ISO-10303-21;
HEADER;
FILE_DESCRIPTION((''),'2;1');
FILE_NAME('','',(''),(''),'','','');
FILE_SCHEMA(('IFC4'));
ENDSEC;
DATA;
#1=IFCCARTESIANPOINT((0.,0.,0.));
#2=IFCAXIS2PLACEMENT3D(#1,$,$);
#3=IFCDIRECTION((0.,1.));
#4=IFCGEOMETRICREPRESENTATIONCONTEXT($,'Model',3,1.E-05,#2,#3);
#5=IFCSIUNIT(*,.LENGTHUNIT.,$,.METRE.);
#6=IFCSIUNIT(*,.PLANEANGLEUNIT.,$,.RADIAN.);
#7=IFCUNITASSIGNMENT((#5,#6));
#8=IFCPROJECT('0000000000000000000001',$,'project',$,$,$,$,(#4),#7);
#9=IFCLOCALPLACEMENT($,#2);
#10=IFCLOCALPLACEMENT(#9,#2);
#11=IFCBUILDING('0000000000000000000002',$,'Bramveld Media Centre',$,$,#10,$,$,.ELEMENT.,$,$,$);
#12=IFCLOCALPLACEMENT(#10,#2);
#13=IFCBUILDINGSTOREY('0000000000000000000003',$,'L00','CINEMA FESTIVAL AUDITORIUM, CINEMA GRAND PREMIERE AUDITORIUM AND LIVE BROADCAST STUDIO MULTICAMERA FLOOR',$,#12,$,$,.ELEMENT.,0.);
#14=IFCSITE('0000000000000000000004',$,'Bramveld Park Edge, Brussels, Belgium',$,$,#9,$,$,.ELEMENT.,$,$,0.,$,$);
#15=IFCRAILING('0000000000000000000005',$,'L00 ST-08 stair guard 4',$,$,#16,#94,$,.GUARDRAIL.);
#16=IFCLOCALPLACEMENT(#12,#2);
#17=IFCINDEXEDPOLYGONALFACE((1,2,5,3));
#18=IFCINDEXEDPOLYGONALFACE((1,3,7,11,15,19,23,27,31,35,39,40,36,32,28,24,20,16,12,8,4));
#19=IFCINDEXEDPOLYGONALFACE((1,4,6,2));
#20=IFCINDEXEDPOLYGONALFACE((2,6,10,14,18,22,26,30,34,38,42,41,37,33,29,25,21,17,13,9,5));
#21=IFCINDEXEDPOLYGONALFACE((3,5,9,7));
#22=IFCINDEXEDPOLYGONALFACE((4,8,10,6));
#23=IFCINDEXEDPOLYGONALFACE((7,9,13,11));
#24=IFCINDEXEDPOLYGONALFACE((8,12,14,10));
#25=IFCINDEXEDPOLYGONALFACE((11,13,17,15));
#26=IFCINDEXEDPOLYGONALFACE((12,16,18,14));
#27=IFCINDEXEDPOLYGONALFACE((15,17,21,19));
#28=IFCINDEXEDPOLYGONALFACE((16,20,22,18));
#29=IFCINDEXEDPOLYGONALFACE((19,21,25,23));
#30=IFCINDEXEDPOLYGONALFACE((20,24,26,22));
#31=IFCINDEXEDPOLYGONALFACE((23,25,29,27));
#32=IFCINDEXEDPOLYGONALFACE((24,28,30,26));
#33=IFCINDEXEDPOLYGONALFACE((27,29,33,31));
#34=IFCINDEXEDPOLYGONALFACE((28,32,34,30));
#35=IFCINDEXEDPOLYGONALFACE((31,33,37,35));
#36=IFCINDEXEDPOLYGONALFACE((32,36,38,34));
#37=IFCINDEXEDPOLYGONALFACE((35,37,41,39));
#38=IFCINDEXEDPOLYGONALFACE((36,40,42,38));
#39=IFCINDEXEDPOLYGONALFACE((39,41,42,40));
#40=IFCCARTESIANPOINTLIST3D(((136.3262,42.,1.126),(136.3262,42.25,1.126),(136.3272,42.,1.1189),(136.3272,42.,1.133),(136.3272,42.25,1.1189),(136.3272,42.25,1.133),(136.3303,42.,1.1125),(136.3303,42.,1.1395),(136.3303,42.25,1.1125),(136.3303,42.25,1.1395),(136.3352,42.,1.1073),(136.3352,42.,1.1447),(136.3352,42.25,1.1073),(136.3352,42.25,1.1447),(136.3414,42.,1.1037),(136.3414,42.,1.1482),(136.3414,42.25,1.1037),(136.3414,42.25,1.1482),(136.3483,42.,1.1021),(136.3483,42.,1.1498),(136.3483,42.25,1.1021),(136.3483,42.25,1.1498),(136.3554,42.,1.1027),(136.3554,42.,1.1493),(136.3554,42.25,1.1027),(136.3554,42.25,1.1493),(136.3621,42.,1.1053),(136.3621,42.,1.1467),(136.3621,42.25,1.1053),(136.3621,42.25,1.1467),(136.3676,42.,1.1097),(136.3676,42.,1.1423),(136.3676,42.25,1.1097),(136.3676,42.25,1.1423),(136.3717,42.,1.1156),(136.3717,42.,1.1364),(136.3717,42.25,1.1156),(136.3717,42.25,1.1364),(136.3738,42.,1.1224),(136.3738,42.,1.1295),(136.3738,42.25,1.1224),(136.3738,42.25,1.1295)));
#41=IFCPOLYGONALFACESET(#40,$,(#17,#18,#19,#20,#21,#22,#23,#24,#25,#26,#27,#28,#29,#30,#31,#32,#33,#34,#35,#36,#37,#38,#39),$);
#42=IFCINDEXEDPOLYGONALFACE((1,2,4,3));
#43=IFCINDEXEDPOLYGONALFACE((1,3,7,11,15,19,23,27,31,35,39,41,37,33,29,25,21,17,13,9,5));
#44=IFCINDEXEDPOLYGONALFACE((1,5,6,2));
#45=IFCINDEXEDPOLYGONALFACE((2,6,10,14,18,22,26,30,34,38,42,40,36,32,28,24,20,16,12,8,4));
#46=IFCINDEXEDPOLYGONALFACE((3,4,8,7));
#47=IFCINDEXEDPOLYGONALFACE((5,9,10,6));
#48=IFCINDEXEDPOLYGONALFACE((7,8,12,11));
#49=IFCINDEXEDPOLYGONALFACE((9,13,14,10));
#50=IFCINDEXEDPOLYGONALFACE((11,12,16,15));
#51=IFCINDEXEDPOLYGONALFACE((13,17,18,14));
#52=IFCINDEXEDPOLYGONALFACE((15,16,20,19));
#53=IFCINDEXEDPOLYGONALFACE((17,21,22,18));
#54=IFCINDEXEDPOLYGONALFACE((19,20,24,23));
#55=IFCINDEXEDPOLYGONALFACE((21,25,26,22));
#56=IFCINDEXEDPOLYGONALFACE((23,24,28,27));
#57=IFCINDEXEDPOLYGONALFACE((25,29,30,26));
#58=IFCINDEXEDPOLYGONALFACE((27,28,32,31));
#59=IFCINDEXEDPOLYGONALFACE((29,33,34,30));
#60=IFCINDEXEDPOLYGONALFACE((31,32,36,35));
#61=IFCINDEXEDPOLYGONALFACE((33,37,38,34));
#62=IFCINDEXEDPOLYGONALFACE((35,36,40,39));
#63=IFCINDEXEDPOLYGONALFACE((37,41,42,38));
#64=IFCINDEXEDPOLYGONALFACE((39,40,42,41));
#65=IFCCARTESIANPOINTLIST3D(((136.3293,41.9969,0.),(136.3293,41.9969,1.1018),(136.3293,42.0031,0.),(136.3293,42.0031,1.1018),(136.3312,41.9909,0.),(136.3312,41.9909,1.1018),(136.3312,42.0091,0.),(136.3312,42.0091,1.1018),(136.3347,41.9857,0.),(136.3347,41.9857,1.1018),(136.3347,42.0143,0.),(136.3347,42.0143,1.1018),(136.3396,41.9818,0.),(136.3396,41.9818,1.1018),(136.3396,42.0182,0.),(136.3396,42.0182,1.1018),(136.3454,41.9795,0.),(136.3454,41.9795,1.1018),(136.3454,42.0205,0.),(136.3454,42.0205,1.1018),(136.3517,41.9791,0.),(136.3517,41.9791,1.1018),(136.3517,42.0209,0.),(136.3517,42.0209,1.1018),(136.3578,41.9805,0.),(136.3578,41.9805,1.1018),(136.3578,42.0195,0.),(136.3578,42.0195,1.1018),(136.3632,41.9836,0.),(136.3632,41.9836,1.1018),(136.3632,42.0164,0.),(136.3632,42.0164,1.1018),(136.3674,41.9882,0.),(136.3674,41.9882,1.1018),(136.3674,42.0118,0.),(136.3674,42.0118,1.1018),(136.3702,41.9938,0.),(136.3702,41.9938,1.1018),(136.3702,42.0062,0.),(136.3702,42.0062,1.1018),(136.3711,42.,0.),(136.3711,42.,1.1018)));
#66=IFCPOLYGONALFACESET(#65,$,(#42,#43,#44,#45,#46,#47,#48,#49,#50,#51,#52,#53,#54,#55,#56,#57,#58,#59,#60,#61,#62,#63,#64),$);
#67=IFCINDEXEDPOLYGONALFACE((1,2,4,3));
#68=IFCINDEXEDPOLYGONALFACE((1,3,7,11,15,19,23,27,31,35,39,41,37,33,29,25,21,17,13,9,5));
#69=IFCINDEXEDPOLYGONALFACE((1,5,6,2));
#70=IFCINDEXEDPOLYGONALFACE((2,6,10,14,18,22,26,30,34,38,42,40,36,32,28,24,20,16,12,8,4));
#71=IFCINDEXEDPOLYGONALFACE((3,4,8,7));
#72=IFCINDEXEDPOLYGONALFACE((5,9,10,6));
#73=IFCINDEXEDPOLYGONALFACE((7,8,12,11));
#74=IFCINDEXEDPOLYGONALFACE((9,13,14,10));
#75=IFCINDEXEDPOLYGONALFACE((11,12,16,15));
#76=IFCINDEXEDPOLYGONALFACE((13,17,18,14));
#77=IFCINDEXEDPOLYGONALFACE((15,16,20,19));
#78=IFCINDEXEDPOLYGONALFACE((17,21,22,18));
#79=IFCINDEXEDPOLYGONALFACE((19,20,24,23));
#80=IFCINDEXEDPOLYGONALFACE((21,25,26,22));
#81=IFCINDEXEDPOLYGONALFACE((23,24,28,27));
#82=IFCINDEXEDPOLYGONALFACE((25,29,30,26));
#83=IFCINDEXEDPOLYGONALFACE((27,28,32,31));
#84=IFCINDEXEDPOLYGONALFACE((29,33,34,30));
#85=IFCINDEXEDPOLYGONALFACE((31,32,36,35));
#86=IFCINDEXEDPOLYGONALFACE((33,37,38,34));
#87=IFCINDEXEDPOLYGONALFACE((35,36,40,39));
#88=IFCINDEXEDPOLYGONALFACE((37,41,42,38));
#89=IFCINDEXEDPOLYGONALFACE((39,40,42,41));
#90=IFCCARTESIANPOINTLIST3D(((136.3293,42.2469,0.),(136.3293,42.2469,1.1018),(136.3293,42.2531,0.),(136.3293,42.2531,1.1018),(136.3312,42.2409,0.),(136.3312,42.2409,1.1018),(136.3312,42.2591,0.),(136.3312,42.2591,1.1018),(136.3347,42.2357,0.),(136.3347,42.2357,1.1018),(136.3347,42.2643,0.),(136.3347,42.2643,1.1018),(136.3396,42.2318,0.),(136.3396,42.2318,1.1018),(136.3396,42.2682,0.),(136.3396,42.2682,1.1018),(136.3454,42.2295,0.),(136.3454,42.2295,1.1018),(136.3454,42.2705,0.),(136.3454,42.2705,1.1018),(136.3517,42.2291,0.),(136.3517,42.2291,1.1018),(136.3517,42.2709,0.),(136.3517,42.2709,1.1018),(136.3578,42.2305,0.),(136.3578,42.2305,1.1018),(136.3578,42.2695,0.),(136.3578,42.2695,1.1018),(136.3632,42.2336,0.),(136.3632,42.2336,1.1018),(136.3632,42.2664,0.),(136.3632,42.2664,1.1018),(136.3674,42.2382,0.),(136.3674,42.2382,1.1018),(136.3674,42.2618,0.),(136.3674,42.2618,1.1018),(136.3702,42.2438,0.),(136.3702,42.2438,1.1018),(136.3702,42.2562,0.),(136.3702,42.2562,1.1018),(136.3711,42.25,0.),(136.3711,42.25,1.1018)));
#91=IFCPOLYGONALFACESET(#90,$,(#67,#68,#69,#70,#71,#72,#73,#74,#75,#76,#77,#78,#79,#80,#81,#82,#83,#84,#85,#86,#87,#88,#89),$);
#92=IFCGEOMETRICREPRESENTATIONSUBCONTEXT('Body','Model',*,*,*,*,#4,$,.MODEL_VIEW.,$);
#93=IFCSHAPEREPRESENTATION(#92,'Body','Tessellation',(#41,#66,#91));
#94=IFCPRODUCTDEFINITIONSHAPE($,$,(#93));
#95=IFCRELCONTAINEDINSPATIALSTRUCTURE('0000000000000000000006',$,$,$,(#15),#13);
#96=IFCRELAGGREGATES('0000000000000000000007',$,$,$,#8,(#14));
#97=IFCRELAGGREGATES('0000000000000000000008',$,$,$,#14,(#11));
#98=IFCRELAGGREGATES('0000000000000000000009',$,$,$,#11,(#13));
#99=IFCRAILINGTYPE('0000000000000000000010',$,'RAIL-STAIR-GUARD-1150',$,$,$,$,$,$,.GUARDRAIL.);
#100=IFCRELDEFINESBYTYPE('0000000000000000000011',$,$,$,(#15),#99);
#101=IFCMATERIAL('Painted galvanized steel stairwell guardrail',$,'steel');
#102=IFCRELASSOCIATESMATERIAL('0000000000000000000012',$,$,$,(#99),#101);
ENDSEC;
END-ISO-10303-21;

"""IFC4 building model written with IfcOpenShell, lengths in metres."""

from ifc_helpers import new_model, si_unit, direction, frame, origin, origin_2d, place, context, subcontext, project, spatial, circle, extrude, material, type_object, element, save


model = new_model("IFC4")

# Units and contexts
model_context = context("Model", 3, precision=1e-05, world=origin(), true_north=direction((0.0, 1.0)))
body_context = subcontext(model_context, "Body", "Model", "MODEL_VIEW")
ifc_project = project(units=[si_unit("LENGTHUNIT", "METRE"), si_unit("PLANEANGLEUNIT", "RADIAN")], contexts=[model_context])

# Site, building, storey
site_placement = place(None, origin())
site = spatial("IfcSite", under=ifc_project, at=site_placement, Name="Bramveld Park Edge, Brussels, Belgium", CompositionType="ELEMENT", RefElevation=0.0)
building_placement = place(site_placement, origin())
building = spatial("IfcBuilding", under=site, at=building_placement, Name="Bramveld Media Centre", CompositionType="ELEMENT")
storey_placement = place(building_placement, origin())
storey = spatial("IfcBuildingStorey", under=building, at=storey_placement, Name="L00", Description="CINEMA FESTIVAL AUDITORIUM, CINEMA GRAND PREMIERE AUDITORIUM AND LIVE BROADCAST STUDIO MULTICAMERA FLOOR", CompositionType="ELEMENT", Elevation=0.0)

# Railing
ifc_material_1 = material(Name="Painted galvanized steel stairwell guardrail", Category="steel")
railing_type_1 = type_object("IfcRailingType", Name="RAIL-STAIR-GUARD-1150", PredefinedType="GUARDRAIL", material=ifc_material_1)
railing_1_placement = place(storey_placement, frame((136.3501, 42.0, 0.0)))
element("IfcRailing", 1, at=railing_1_placement, inside=storey, type_object=railing_type_1, Name="L00 ST-08 stair guard 4", PredefinedType="GUARDRAIL", context=body_context, shape_type="SweptSolid", body=[
    extrude(circle(Radius=0.0239, at=origin_2d()), frame((0.0, 0.0, 1.126), z_axis=(0.0, 1.0, 0.0), x_axis=(-1.0, 0.0, 0.0)), (0.0, 0.0, 1.0), 0.25),
    extrude(circle(Radius=0.021, at=origin_2d()), origin(), (0.0, 0.0, 1.0), 1.1018),
    extrude(circle(Radius=0.021, at=origin_2d()), frame((0.0, 0.25, 0.0)), (0.0, 0.0, 1.0), 1.1018),
])

save(model, "model.ifc")
